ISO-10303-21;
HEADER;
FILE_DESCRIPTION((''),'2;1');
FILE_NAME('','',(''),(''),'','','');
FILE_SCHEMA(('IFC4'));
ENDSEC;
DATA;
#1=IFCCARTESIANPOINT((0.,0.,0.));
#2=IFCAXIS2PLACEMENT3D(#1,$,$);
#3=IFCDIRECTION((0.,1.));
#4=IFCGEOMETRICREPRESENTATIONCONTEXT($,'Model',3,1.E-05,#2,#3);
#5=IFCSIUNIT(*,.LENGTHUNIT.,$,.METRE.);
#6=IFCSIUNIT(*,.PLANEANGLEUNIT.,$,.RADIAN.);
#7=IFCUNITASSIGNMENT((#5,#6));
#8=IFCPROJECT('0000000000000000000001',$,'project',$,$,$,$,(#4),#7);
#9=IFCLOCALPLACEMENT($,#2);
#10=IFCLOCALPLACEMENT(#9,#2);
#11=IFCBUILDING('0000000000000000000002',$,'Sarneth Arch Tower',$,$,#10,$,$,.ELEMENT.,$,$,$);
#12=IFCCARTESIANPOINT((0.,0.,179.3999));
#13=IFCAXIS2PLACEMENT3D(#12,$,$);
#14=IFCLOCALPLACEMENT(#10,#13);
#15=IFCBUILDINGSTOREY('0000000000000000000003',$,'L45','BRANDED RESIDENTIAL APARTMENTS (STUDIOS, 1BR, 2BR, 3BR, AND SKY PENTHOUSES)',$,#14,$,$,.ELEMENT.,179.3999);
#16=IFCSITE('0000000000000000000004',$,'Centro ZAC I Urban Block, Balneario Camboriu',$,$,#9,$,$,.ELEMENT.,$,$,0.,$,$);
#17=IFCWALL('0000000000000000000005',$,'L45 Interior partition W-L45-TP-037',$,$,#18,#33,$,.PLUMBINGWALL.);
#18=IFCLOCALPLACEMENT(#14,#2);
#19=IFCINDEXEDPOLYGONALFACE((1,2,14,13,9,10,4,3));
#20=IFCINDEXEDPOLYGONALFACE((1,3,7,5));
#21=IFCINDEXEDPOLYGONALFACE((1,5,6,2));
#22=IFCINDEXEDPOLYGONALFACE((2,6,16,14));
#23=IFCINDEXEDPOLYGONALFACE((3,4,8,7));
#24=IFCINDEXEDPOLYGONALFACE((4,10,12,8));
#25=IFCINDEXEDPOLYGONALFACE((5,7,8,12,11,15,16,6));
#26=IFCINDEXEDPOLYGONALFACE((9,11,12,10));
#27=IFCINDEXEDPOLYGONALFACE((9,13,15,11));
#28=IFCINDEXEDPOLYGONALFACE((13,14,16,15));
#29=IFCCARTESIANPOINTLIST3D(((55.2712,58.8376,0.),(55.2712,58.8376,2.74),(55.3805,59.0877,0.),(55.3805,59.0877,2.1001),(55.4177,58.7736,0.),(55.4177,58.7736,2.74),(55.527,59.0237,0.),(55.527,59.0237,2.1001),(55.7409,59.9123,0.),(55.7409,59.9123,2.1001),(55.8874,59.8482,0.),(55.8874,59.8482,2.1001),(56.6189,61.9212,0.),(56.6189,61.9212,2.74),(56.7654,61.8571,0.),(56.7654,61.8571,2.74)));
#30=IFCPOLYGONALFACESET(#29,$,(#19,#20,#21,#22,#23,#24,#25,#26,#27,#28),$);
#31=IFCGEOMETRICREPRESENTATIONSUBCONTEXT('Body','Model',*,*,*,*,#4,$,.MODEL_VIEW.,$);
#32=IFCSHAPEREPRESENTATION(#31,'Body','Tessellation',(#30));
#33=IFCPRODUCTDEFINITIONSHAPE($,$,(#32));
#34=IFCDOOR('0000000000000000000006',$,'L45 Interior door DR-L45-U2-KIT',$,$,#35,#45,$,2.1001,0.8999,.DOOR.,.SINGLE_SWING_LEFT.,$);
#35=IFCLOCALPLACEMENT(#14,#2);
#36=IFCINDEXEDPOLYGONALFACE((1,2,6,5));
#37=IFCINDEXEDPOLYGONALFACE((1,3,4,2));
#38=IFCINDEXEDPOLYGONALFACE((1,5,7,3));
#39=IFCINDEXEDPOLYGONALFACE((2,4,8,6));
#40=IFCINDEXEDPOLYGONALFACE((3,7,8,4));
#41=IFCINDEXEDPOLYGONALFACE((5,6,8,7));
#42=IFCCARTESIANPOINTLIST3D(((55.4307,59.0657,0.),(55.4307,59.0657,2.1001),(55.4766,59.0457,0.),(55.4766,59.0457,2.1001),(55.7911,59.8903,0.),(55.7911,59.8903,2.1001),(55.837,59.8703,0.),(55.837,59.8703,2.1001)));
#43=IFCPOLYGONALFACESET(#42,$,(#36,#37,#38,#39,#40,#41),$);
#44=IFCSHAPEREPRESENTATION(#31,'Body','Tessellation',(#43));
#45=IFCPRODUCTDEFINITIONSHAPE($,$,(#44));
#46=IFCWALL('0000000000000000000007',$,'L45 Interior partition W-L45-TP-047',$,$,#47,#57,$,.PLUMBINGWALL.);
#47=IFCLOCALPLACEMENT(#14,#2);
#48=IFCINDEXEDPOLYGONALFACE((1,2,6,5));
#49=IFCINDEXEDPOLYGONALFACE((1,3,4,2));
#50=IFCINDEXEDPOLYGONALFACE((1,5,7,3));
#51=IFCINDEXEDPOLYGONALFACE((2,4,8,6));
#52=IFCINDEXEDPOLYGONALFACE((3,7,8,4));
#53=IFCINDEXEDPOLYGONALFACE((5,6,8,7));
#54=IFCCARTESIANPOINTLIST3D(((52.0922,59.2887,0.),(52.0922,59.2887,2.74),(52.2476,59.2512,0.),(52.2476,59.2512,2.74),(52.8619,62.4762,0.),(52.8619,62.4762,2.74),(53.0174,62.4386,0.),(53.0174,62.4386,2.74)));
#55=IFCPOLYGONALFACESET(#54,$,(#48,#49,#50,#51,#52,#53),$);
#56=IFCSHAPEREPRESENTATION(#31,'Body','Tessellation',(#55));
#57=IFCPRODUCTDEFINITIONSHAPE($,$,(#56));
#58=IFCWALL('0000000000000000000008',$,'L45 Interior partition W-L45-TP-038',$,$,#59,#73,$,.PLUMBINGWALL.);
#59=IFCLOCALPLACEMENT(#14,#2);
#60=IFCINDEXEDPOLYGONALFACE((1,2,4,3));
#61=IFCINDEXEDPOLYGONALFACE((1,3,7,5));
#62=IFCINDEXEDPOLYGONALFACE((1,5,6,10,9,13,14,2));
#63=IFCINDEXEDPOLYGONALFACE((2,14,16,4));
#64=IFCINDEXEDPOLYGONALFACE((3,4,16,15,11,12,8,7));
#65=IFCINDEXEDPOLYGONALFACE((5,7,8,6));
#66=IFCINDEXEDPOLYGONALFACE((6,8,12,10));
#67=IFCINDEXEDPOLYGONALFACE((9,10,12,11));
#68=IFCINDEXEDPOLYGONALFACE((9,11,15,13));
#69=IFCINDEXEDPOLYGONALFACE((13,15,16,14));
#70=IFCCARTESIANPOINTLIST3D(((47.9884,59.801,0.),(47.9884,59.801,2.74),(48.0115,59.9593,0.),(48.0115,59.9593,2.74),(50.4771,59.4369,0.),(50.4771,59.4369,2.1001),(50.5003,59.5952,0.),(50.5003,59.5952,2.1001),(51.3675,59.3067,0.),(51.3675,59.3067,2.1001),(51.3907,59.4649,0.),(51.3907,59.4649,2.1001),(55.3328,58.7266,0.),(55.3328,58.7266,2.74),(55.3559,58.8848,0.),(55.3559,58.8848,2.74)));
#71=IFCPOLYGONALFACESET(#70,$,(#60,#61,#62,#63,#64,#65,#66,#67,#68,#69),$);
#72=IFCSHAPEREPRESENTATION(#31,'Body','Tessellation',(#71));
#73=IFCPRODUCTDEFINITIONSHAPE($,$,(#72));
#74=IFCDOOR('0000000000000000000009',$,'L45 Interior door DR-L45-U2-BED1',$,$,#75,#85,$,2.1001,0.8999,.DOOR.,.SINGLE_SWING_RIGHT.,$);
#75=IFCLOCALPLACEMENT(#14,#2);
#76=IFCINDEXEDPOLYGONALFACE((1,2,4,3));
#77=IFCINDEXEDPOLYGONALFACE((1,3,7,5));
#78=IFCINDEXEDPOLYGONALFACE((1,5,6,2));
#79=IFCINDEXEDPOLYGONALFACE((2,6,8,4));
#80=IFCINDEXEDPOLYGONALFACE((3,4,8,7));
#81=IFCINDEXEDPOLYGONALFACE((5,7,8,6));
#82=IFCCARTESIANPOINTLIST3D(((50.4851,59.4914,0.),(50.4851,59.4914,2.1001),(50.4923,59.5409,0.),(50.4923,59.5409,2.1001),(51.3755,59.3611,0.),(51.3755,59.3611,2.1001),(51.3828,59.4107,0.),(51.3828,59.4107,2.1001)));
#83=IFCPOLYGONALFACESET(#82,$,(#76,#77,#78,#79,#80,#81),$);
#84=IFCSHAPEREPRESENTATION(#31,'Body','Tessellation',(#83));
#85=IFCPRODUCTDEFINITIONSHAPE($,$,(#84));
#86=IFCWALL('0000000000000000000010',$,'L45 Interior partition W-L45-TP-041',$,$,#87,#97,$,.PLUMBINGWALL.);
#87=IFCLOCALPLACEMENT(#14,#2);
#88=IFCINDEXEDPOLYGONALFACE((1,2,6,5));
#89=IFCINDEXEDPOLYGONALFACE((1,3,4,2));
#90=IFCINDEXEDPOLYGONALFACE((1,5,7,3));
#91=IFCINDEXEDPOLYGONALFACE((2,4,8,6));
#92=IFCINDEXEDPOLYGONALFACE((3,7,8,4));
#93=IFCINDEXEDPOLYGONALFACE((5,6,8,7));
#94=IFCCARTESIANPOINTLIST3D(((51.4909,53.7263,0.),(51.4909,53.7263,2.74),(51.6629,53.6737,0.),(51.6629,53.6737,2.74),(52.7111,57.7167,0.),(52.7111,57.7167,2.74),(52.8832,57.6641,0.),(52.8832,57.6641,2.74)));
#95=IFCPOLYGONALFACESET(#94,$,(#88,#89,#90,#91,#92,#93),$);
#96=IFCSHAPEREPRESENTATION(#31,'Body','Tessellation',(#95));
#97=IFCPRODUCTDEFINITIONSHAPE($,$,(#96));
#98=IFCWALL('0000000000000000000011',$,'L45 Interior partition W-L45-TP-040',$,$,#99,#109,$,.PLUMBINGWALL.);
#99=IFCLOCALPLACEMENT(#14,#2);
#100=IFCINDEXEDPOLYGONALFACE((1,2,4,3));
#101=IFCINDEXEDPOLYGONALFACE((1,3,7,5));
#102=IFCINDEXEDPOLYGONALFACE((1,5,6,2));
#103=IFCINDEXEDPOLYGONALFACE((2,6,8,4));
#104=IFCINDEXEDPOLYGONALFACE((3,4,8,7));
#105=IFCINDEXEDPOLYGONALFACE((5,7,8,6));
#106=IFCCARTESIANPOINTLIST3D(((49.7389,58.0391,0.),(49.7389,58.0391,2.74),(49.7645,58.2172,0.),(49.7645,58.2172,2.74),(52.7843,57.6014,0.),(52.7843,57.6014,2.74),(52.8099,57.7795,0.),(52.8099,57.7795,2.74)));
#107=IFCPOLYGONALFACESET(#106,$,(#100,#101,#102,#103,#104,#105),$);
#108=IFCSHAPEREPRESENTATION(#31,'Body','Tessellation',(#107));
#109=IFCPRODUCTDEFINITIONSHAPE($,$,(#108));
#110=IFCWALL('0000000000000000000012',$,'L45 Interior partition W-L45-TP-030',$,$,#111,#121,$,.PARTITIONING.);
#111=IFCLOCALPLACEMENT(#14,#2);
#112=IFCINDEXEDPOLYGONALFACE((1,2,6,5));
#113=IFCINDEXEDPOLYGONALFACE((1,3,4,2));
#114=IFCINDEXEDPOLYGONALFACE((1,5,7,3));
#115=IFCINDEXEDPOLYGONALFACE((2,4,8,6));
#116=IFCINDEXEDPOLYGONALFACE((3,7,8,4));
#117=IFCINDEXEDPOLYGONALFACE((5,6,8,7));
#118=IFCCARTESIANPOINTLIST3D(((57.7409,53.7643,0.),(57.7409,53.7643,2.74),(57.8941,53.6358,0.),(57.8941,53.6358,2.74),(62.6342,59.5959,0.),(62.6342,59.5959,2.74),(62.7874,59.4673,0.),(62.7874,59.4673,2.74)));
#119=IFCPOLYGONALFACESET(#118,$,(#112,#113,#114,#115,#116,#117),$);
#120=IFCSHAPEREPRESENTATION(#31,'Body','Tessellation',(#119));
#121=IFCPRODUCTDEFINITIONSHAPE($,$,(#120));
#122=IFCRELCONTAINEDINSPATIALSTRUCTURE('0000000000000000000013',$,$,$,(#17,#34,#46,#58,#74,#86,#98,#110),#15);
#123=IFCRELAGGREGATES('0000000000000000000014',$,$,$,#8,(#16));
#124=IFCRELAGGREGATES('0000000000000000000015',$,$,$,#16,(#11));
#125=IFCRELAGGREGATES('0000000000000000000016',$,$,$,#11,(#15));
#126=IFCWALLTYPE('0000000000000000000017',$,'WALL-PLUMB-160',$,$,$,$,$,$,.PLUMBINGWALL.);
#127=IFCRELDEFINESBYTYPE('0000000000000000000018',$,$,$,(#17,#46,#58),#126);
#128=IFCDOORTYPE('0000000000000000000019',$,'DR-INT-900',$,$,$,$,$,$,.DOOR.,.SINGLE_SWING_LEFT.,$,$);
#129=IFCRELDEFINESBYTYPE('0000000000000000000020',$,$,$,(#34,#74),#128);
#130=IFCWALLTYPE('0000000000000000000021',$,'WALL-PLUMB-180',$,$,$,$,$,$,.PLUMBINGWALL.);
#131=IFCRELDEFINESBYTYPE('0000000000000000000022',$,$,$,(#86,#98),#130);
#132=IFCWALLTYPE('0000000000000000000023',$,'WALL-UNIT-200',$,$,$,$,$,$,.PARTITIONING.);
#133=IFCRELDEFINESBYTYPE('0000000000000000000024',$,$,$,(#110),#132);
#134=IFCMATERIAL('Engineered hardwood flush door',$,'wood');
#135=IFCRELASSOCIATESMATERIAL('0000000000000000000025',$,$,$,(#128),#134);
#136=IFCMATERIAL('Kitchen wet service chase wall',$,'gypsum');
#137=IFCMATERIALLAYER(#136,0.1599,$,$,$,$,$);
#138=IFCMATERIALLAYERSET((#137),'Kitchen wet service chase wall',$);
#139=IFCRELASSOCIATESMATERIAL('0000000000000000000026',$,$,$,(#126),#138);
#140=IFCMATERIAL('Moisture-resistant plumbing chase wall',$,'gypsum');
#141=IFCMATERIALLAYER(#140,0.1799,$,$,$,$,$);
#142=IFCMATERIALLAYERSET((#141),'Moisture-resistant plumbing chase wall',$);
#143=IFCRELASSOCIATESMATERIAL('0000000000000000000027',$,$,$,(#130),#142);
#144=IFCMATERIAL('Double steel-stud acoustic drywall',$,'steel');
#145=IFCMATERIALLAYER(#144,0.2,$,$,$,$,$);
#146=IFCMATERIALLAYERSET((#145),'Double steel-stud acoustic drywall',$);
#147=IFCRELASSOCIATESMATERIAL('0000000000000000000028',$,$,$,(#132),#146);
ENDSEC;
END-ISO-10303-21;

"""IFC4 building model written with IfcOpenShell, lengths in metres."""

from ifc_helpers import new_model, si_unit, direction, frame, frame_2d, origin, place, context, subcontext, project, spatial, rectangle, extrude, material, layer, layer_set, type_object, element, fill, save


model = new_model("IFC4")

# Units and contexts
model_context = context("Model", 3, precision=1e-05, world=origin(), true_north=direction((0.0, 1.0)))
body_context = subcontext(model_context, "Body", "Model", "MODEL_VIEW")
ifc_project = project(units=[si_unit("LENGTHUNIT", "METRE"), si_unit("PLANEANGLEUNIT", "RADIAN")], contexts=[model_context])

# Site, building, storey
site_placement = place(None, origin())
site = spatial("IfcSite", under=ifc_project, at=site_placement, Name="Centro ZAC I Urban Block, Balneario Camboriu", CompositionType="ELEMENT", RefElevation=0.0)
building_placement = place(site_placement, origin())
building = spatial("IfcBuilding", under=site, at=building_placement, Name="Sarneth Arch Tower", CompositionType="ELEMENT")
storey_placement = place(building_placement, frame((0.0, 0.0, 179.3999)))
storey = spatial("IfcBuildingStorey", under=building, at=storey_placement, Name="L45", Description="BRANDED RESIDENTIAL APARTMENTS (STUDIOS, 1BR, 2BR, 3BR, AND SKY PENTHOUSES)", CompositionType="ELEMENT", Elevation=179.3999)

# Shared definitions
ifc_material_1 = material(Name="Engineered hardwood flush door", Category="wood")
door_type_1 = type_object("IfcDoorType", Name="DR-INT-900", OperationType="SINGLE_SWING_LEFT", PredefinedType="DOOR", material=ifc_material_1)

# Wall, opening, door
ifc_material_2 = material(Name="Kitchen wet service chase wall", Category="gypsum")
ifc_layer_1 = layer(ifc_material_2, 0.1599)
ifc_layer_set_1 = layer_set([ifc_layer_1], Name="Kitchen wet service chase wall")
wall_type_1 = type_object("IfcWallType", Name="WALL-PLUMB-160", PredefinedType="PLUMBINGWALL", material=ifc_layer_set_1)
wall_1_placement = place(storey_placement, frame((56.6921, 61.8892, 0.0), z_axis=(0.0, 0.0, 1.0), x_axis=(-0.400476, -0.916307, 0.0)))
wall_1 = element("IfcWall", 1, at=wall_1_placement, inside=storey, type_object=wall_type_1, Name="L45 Interior partition W-L45-TP-037", PredefinedType="PLUMBINGWALL", context=body_context, shape_type="SweptSolid", body=[
    extrude(rectangle(XDim=3.3652, YDim=0.1599, at=frame_2d((1.6826, 0.0))), origin(), (0.0, 0.0, 1.0), 2.74),
])
opening_1_placement = place(wall_1_placement, frame((2.1924, 0.0, 0.0)))
opening_1 = element("IfcOpeningElement", 2, at=opening_1_placement, cuts=wall_1, PredefinedType="OPENING", context=body_context, shape_type="SweptSolid", body=[
    extrude(rectangle(XDim=0.8999, YDim=2.1001, at=frame_2d((0.45, 1.05))), frame((0.0, 0.0898, 0.0), z_axis=(0.0, -1.0, 0.0), x_axis=(1.0, 0.0, 0.0)), (0.0, 0.0, 1.0), 0.1799),
])
door_1_placement = place(opening_1_placement, origin())
door_1 = element("IfcDoor", 3, at=door_1_placement, inside=storey, type_object=door_type_1, Name="L45 Interior door DR-L45-U2-KIT", OperationType="SINGLE_SWING_LEFT", OverallHeight=2.1001, OverallWidth=0.8999, PredefinedType="DOOR", context=body_context, shape_type="SweptSolid", body=[
    extrude(rectangle(XDim=0.8999, YDim=2.1001, at=frame_2d((0.45, 1.05))), frame((0.0, 0.0249, 0.0), z_axis=(0.0, -1.0, 0.0), x_axis=(1.0, 0.0, 0.0)), (0.0, 0.0, 1.0), 0.05),
])
fill(opening_1, door_1)

# Wall
wall_2_placement = place(storey_placement, frame((52.9397, 62.4575, 0.0), z_axis=(0.0, 0.0, 1.0), x_axis=(-0.23475, -0.972056, 0.0)))
element("IfcWall", 4, at=wall_2_placement, inside=storey, type_object=wall_type_1, Name="L45 Interior partition W-L45-TP-047", PredefinedType="PLUMBINGWALL", context=body_context, shape_type="SweptSolid", body=[
    extrude(rectangle(XDim=3.2791, YDim=0.1599, at=frame_2d((1.6396, 0.0))), origin(), (0.0, 0.0, 1.0), 2.74),
])

# Wall, opening, door
wall_3_placement = place(storey_placement, frame((55.3445, 58.8057, 0.0), z_axis=(0.0, 0.0, 1.0), x_axis=(-0.989468, 0.144754, 0.0)))
wall_3 = element("IfcWall", 5, at=wall_3_placement, inside=storey, type_object=wall_type_1, Name="L45 Interior partition W-L45-TP-038", PredefinedType="PLUMBINGWALL", context=body_context, shape_type="SweptSolid", body=[
    extrude(rectangle(XDim=7.4226, YDim=0.1599, at=frame_2d((3.7114, 0.0))), origin(), (0.0, 0.0, 1.0), 2.74),
])
opening_2_placement = place(wall_3_placement, frame((4.0076, 0.0, 0.0)))
opening_2 = element("IfcOpeningElement", 6, at=opening_2_placement, cuts=wall_3, PredefinedType="OPENING", context=body_context, shape_type="SweptSolid", body=[
    extrude(rectangle(XDim=0.8999, YDim=2.1001, at=frame_2d((0.45, 1.05))), frame((0.0, 0.0898, 0.0), z_axis=(0.0, -1.0, 0.0), x_axis=(1.0, 0.0, 0.0)), (0.0, 0.0, 1.0), 0.1799),
])
door_2_placement = place(opening_2_placement, origin())
door_2 = element("IfcDoor", 7, at=door_2_placement, inside=storey, type_object=door_type_1, Name="L45 Interior door DR-L45-U2-BED1", OperationType="SINGLE_SWING_RIGHT", OverallHeight=2.1001, OverallWidth=0.8999, PredefinedType="DOOR", context=body_context, shape_type="SweptSolid", body=[
    extrude(rectangle(XDim=0.8999, YDim=2.1001, at=frame_2d((0.45, 1.05))), frame((0.0, 0.0249, 0.0), z_axis=(0.0, -1.0, 0.0), x_axis=(1.0, 0.0, 0.0)), (0.0, 0.0, 1.0), 0.05),
])
fill(opening_2, door_2)

# Walls
ifc_material_3 = material(Name="Moisture-resistant plumbing chase wall", Category="gypsum")
ifc_layer_2 = layer(ifc_material_3, 0.1799)
ifc_layer_set_2 = layer_set([ifc_layer_2], Name="Moisture-resistant plumbing chase wall")
wall_type_2 = type_object("IfcWallType", Name="WALL-PLUMB-180", PredefinedType="PLUMBINGWALL", material=ifc_layer_set_2)
wall_4_placement = place(storey_placement, frame((52.7971, 57.6904, 0.0), z_axis=(0.0, 0.0, 1.0), x_axis=(-0.292416, -0.956291, 0.0)))
element("IfcWall", 8, at=wall_4_placement, inside=storey, type_object=wall_type_2, Name="L45 Interior partition W-L45-TP-041", PredefinedType="PLUMBINGWALL", context=body_context, shape_type="SweptSolid", body=[
    extrude(rectangle(XDim=4.1729, YDim=0.1799, at=frame_2d((2.0864, 0.0))), origin(), (0.0, 0.0, 1.0), 2.74),
])
wall_5_placement = place(storey_placement, frame((49.7517, 58.1282, 0.0), z_axis=(0.0, 0.0, 1.0), x_axis=(0.989827, -0.142277, 0.0)))
element("IfcWall", 9, at=wall_5_placement, inside=storey, type_object=wall_type_2, Name="L45 Interior partition W-L45-TP-040", PredefinedType="PLUMBINGWALL", context=body_context, shape_type="SweptSolid", body=[
    extrude(rectangle(XDim=3.0767, YDim=0.1799, at=frame_2d((1.5383, 0.0))), origin(), (0.0, 0.0, 1.0), 2.74),
])
ifc_material_4 = material(Name="Double steel-stud acoustic drywall", Category="steel")
ifc_layer_3 = layer(ifc_material_4, 0.2)
ifc_layer_set_3 = layer_set([ifc_layer_3], Name="Double steel-stud acoustic drywall")
wall_type_3 = type_object("IfcWallType", Name="WALL-UNIT-200", PredefinedType="PARTITIONING", material=ifc_layer_set_3)
wall_6_placement = place(storey_placement, frame((62.7107, 59.5315, 0.0), z_axis=(0.0, 0.0, 1.0), x_axis=(-0.642793, -0.76604, 0.0)))
element("IfcWall", 10, at=wall_6_placement, inside=storey, type_object=wall_type_3, Name="L45 Interior partition W-L45-TP-030", PredefinedType="PARTITIONING", context=body_context, shape_type="SweptSolid", body=[
    extrude(rectangle(XDim=7.6125, YDim=0.2, at=frame_2d((3.8062, 0.0))), origin(), (0.0, 0.0, 1.0), 2.74),
])

save(model, "model.ifc")
